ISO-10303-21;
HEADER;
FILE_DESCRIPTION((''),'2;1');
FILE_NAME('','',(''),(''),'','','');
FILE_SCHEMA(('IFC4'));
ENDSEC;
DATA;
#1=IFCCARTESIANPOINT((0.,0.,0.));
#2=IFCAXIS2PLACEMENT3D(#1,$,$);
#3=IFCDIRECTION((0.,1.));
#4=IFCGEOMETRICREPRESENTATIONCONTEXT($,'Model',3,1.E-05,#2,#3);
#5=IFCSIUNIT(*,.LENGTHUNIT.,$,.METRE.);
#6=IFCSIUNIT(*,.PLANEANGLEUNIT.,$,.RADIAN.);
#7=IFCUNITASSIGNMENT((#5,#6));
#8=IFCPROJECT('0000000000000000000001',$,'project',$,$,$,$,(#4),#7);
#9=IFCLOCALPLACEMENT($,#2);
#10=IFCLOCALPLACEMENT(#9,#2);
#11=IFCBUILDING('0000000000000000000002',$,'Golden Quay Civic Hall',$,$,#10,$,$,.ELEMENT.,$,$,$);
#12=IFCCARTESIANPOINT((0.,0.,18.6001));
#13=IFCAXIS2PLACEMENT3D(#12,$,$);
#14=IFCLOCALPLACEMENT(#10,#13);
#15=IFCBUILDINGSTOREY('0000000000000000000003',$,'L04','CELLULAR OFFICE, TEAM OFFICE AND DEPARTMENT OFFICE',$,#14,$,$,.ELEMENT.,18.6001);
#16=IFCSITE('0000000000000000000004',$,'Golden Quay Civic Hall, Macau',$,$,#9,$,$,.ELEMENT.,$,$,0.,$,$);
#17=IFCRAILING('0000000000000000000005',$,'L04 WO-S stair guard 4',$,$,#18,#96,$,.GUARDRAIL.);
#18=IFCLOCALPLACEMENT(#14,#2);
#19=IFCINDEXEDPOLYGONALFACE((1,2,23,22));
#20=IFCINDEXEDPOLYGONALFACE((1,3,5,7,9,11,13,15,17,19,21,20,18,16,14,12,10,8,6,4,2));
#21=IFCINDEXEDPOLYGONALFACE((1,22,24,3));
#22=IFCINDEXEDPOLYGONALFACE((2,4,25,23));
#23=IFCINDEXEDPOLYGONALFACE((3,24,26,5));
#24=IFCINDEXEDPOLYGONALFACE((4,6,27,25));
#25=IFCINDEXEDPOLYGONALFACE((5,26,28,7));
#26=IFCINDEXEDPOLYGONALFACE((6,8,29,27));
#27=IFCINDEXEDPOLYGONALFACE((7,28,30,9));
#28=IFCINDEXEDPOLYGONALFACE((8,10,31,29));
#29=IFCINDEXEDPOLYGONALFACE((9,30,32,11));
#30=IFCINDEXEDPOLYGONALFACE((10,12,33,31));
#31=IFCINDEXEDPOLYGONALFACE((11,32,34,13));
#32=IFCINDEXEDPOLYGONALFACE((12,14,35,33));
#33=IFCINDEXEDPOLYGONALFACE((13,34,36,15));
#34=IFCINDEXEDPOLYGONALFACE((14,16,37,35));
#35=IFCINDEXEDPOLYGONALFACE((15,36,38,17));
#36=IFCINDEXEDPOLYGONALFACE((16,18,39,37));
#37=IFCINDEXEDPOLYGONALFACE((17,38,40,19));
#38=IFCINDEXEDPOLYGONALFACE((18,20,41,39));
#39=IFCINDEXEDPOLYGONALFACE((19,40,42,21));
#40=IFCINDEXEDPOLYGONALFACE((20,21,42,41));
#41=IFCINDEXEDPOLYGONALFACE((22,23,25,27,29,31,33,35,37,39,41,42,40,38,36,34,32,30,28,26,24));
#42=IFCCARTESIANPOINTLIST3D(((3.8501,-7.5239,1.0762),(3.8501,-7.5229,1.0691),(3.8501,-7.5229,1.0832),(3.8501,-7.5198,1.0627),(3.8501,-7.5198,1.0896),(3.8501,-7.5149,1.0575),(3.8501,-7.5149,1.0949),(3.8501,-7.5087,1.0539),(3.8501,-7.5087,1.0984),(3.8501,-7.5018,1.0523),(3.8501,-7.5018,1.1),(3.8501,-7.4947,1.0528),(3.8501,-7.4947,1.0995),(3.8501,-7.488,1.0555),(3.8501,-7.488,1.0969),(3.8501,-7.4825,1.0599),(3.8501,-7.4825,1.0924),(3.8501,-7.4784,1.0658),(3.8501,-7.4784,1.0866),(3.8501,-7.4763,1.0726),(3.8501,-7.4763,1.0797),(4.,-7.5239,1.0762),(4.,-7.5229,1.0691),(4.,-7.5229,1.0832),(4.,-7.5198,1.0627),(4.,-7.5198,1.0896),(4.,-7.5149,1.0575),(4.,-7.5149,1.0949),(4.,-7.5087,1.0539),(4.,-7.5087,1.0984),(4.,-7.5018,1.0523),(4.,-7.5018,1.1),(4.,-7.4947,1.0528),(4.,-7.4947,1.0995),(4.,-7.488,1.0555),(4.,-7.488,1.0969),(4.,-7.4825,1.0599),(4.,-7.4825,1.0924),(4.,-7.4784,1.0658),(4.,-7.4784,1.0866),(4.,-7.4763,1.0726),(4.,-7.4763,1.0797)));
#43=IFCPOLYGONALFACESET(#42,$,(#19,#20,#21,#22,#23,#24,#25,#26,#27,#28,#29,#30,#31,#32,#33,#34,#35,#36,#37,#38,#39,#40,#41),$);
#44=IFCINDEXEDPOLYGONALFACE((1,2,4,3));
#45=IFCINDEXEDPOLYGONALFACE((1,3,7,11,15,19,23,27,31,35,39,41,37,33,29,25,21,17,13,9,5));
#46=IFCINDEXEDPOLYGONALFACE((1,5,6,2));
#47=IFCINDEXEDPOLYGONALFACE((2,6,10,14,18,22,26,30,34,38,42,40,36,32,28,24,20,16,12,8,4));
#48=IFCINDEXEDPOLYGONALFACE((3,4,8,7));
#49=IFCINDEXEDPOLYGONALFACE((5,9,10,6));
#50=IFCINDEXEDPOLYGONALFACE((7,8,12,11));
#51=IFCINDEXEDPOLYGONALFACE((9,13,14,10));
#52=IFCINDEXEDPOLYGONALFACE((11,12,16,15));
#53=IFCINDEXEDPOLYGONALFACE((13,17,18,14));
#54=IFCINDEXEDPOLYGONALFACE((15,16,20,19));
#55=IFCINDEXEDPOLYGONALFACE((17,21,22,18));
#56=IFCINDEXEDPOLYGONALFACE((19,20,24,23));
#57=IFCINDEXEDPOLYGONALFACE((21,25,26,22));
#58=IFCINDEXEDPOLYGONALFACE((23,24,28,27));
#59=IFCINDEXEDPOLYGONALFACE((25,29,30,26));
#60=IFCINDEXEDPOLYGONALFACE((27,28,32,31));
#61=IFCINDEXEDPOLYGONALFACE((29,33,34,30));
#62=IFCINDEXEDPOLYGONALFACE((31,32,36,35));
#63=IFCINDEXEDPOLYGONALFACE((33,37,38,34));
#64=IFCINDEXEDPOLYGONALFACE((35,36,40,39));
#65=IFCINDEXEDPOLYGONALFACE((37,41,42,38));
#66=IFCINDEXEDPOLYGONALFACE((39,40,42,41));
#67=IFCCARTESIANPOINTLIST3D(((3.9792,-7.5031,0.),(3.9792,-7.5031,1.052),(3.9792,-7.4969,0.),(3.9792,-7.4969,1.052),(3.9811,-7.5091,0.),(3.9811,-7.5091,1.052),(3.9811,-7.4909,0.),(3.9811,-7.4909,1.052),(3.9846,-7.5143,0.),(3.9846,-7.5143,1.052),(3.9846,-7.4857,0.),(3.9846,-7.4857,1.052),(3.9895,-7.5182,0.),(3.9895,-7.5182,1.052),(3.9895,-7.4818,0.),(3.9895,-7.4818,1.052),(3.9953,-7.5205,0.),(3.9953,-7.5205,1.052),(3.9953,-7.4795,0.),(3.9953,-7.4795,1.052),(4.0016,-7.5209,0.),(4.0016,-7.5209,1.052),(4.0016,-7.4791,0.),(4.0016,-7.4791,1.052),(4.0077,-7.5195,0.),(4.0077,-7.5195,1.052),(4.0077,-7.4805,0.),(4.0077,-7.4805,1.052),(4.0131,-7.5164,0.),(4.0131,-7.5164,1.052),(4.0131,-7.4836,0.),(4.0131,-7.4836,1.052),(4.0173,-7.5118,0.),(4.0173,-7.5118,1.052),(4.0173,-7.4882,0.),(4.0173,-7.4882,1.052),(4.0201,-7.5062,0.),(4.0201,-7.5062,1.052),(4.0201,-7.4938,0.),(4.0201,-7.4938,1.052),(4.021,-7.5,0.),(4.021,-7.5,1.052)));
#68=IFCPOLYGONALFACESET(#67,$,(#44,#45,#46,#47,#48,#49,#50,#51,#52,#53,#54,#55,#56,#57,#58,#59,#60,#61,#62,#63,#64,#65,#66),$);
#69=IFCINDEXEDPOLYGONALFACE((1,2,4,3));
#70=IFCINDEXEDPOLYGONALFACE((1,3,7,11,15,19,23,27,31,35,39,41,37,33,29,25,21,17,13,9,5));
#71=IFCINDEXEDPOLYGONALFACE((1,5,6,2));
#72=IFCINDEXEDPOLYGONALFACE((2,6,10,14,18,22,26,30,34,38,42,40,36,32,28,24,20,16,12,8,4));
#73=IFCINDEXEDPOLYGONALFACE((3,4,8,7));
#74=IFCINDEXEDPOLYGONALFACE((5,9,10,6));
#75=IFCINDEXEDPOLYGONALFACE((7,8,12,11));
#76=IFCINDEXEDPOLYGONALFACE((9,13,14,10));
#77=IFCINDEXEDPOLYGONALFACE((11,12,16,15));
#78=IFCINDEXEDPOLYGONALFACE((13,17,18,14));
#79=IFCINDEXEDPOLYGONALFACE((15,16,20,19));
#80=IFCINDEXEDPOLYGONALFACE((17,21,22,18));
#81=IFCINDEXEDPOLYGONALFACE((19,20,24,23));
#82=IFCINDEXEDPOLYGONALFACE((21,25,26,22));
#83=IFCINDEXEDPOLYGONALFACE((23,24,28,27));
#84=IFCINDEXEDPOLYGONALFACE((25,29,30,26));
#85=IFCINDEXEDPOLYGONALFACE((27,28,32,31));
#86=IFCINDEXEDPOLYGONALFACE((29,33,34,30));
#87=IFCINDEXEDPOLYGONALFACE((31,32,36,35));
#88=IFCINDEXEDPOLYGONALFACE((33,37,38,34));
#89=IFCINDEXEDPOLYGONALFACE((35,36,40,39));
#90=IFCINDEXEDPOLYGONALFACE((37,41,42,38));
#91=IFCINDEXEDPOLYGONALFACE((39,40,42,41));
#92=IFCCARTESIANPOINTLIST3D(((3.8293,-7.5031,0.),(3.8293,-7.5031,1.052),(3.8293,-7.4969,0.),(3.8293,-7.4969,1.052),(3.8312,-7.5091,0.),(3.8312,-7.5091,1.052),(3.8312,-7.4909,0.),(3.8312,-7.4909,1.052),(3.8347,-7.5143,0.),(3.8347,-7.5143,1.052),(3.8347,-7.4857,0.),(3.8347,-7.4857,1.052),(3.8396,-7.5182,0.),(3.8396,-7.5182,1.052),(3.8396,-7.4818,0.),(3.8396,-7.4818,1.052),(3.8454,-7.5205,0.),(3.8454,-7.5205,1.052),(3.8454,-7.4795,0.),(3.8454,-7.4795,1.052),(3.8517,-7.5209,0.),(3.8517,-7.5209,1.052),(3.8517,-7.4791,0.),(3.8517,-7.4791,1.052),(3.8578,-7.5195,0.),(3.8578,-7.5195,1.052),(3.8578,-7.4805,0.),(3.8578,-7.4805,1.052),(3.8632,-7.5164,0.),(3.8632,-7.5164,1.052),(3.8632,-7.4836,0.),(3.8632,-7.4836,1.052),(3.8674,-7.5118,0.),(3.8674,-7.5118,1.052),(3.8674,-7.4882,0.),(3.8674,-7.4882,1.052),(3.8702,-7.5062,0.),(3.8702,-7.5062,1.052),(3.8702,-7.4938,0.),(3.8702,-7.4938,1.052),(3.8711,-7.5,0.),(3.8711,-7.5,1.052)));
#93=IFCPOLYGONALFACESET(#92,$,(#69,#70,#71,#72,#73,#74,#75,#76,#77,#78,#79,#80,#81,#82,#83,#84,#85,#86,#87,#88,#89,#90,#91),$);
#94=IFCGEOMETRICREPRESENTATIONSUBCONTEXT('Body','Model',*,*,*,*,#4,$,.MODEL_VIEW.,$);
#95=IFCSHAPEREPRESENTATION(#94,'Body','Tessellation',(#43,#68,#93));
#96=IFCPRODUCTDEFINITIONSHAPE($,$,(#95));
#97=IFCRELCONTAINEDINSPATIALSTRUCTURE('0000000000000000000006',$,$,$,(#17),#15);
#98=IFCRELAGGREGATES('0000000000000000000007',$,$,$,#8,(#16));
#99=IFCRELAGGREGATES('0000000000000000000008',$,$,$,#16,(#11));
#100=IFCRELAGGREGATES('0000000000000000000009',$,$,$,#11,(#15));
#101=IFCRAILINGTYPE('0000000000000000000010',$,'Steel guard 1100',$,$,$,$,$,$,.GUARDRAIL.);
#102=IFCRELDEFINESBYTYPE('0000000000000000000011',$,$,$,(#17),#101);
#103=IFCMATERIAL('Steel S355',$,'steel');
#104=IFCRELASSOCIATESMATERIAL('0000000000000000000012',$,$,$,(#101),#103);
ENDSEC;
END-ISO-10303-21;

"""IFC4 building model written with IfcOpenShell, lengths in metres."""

from ifc_helpers import new_model, si_unit, direction, frame, origin, origin_2d, place, context, subcontext, project, spatial, circle, extrude, material, type_object, element, save


model = new_model("IFC4")

# Units and contexts
model_context = context("Model", 3, precision=1e-05, world=origin(), true_north=direction((0.0, 1.0)))
body_context = subcontext(model_context, "Body", "Model", "MODEL_VIEW")
ifc_project = project(units=[si_unit("LENGTHUNIT", "METRE"), si_unit("PLANEANGLEUNIT", "RADIAN")], contexts=[model_context])

# Site, building, storey
site_placement = place(None, origin())
site = spatial("IfcSite", under=ifc_project, at=site_placement, Name="Golden Quay Civic Hall, Macau", CompositionType="ELEMENT", RefElevation=0.0)
building_placement = place(site_placement, origin())
building = spatial("IfcBuilding", under=site, at=building_placement, Name="Golden Quay Civic Hall", CompositionType="ELEMENT")
storey_placement = place(building_placement, frame((0.0, 0.0, 18.6001)))
storey = spatial("IfcBuildingStorey", under=building, at=storey_placement, Name="L04", Description="CELLULAR OFFICE, TEAM OFFICE AND DEPARTMENT OFFICE", CompositionType="ELEMENT", Elevation=18.6001)

# Railing
ifc_material_1 = material(Name="Steel S355", Category="steel")
railing_type = type_object("IfcRailingType", Name="Steel guard 1100", PredefinedType="GUARDRAIL", material=ifc_material_1)
railing_placement = place(storey_placement, frame((4.0, -7.5, 0.0)))
element("IfcRailing", 1, at=railing_placement, inside=storey, type_object=railing_type, Name="L04 WO-S stair guard 4", PredefinedType="GUARDRAIL", context=body_context, shape_type="SweptSolid", body=[
    extrude(circle(Radius=0.0239, at=origin_2d()), frame((0.0, 0.0, 1.0762), z_axis=(-1.0, 0.0, 0.0), x_axis=(0.0, -1.0, 0.0)), (0.0, 0.0, 1.0), 0.1499),
    extrude(circle(Radius=0.021, at=origin_2d()), origin(), (0.0, 0.0, 1.0), 1.052),
    extrude(circle(Radius=0.021, at=origin_2d()), frame((-0.1499, 0.0, 0.0)), (0.0, 0.0, 1.0), 1.052),
])

save(model, "model.ifc")
